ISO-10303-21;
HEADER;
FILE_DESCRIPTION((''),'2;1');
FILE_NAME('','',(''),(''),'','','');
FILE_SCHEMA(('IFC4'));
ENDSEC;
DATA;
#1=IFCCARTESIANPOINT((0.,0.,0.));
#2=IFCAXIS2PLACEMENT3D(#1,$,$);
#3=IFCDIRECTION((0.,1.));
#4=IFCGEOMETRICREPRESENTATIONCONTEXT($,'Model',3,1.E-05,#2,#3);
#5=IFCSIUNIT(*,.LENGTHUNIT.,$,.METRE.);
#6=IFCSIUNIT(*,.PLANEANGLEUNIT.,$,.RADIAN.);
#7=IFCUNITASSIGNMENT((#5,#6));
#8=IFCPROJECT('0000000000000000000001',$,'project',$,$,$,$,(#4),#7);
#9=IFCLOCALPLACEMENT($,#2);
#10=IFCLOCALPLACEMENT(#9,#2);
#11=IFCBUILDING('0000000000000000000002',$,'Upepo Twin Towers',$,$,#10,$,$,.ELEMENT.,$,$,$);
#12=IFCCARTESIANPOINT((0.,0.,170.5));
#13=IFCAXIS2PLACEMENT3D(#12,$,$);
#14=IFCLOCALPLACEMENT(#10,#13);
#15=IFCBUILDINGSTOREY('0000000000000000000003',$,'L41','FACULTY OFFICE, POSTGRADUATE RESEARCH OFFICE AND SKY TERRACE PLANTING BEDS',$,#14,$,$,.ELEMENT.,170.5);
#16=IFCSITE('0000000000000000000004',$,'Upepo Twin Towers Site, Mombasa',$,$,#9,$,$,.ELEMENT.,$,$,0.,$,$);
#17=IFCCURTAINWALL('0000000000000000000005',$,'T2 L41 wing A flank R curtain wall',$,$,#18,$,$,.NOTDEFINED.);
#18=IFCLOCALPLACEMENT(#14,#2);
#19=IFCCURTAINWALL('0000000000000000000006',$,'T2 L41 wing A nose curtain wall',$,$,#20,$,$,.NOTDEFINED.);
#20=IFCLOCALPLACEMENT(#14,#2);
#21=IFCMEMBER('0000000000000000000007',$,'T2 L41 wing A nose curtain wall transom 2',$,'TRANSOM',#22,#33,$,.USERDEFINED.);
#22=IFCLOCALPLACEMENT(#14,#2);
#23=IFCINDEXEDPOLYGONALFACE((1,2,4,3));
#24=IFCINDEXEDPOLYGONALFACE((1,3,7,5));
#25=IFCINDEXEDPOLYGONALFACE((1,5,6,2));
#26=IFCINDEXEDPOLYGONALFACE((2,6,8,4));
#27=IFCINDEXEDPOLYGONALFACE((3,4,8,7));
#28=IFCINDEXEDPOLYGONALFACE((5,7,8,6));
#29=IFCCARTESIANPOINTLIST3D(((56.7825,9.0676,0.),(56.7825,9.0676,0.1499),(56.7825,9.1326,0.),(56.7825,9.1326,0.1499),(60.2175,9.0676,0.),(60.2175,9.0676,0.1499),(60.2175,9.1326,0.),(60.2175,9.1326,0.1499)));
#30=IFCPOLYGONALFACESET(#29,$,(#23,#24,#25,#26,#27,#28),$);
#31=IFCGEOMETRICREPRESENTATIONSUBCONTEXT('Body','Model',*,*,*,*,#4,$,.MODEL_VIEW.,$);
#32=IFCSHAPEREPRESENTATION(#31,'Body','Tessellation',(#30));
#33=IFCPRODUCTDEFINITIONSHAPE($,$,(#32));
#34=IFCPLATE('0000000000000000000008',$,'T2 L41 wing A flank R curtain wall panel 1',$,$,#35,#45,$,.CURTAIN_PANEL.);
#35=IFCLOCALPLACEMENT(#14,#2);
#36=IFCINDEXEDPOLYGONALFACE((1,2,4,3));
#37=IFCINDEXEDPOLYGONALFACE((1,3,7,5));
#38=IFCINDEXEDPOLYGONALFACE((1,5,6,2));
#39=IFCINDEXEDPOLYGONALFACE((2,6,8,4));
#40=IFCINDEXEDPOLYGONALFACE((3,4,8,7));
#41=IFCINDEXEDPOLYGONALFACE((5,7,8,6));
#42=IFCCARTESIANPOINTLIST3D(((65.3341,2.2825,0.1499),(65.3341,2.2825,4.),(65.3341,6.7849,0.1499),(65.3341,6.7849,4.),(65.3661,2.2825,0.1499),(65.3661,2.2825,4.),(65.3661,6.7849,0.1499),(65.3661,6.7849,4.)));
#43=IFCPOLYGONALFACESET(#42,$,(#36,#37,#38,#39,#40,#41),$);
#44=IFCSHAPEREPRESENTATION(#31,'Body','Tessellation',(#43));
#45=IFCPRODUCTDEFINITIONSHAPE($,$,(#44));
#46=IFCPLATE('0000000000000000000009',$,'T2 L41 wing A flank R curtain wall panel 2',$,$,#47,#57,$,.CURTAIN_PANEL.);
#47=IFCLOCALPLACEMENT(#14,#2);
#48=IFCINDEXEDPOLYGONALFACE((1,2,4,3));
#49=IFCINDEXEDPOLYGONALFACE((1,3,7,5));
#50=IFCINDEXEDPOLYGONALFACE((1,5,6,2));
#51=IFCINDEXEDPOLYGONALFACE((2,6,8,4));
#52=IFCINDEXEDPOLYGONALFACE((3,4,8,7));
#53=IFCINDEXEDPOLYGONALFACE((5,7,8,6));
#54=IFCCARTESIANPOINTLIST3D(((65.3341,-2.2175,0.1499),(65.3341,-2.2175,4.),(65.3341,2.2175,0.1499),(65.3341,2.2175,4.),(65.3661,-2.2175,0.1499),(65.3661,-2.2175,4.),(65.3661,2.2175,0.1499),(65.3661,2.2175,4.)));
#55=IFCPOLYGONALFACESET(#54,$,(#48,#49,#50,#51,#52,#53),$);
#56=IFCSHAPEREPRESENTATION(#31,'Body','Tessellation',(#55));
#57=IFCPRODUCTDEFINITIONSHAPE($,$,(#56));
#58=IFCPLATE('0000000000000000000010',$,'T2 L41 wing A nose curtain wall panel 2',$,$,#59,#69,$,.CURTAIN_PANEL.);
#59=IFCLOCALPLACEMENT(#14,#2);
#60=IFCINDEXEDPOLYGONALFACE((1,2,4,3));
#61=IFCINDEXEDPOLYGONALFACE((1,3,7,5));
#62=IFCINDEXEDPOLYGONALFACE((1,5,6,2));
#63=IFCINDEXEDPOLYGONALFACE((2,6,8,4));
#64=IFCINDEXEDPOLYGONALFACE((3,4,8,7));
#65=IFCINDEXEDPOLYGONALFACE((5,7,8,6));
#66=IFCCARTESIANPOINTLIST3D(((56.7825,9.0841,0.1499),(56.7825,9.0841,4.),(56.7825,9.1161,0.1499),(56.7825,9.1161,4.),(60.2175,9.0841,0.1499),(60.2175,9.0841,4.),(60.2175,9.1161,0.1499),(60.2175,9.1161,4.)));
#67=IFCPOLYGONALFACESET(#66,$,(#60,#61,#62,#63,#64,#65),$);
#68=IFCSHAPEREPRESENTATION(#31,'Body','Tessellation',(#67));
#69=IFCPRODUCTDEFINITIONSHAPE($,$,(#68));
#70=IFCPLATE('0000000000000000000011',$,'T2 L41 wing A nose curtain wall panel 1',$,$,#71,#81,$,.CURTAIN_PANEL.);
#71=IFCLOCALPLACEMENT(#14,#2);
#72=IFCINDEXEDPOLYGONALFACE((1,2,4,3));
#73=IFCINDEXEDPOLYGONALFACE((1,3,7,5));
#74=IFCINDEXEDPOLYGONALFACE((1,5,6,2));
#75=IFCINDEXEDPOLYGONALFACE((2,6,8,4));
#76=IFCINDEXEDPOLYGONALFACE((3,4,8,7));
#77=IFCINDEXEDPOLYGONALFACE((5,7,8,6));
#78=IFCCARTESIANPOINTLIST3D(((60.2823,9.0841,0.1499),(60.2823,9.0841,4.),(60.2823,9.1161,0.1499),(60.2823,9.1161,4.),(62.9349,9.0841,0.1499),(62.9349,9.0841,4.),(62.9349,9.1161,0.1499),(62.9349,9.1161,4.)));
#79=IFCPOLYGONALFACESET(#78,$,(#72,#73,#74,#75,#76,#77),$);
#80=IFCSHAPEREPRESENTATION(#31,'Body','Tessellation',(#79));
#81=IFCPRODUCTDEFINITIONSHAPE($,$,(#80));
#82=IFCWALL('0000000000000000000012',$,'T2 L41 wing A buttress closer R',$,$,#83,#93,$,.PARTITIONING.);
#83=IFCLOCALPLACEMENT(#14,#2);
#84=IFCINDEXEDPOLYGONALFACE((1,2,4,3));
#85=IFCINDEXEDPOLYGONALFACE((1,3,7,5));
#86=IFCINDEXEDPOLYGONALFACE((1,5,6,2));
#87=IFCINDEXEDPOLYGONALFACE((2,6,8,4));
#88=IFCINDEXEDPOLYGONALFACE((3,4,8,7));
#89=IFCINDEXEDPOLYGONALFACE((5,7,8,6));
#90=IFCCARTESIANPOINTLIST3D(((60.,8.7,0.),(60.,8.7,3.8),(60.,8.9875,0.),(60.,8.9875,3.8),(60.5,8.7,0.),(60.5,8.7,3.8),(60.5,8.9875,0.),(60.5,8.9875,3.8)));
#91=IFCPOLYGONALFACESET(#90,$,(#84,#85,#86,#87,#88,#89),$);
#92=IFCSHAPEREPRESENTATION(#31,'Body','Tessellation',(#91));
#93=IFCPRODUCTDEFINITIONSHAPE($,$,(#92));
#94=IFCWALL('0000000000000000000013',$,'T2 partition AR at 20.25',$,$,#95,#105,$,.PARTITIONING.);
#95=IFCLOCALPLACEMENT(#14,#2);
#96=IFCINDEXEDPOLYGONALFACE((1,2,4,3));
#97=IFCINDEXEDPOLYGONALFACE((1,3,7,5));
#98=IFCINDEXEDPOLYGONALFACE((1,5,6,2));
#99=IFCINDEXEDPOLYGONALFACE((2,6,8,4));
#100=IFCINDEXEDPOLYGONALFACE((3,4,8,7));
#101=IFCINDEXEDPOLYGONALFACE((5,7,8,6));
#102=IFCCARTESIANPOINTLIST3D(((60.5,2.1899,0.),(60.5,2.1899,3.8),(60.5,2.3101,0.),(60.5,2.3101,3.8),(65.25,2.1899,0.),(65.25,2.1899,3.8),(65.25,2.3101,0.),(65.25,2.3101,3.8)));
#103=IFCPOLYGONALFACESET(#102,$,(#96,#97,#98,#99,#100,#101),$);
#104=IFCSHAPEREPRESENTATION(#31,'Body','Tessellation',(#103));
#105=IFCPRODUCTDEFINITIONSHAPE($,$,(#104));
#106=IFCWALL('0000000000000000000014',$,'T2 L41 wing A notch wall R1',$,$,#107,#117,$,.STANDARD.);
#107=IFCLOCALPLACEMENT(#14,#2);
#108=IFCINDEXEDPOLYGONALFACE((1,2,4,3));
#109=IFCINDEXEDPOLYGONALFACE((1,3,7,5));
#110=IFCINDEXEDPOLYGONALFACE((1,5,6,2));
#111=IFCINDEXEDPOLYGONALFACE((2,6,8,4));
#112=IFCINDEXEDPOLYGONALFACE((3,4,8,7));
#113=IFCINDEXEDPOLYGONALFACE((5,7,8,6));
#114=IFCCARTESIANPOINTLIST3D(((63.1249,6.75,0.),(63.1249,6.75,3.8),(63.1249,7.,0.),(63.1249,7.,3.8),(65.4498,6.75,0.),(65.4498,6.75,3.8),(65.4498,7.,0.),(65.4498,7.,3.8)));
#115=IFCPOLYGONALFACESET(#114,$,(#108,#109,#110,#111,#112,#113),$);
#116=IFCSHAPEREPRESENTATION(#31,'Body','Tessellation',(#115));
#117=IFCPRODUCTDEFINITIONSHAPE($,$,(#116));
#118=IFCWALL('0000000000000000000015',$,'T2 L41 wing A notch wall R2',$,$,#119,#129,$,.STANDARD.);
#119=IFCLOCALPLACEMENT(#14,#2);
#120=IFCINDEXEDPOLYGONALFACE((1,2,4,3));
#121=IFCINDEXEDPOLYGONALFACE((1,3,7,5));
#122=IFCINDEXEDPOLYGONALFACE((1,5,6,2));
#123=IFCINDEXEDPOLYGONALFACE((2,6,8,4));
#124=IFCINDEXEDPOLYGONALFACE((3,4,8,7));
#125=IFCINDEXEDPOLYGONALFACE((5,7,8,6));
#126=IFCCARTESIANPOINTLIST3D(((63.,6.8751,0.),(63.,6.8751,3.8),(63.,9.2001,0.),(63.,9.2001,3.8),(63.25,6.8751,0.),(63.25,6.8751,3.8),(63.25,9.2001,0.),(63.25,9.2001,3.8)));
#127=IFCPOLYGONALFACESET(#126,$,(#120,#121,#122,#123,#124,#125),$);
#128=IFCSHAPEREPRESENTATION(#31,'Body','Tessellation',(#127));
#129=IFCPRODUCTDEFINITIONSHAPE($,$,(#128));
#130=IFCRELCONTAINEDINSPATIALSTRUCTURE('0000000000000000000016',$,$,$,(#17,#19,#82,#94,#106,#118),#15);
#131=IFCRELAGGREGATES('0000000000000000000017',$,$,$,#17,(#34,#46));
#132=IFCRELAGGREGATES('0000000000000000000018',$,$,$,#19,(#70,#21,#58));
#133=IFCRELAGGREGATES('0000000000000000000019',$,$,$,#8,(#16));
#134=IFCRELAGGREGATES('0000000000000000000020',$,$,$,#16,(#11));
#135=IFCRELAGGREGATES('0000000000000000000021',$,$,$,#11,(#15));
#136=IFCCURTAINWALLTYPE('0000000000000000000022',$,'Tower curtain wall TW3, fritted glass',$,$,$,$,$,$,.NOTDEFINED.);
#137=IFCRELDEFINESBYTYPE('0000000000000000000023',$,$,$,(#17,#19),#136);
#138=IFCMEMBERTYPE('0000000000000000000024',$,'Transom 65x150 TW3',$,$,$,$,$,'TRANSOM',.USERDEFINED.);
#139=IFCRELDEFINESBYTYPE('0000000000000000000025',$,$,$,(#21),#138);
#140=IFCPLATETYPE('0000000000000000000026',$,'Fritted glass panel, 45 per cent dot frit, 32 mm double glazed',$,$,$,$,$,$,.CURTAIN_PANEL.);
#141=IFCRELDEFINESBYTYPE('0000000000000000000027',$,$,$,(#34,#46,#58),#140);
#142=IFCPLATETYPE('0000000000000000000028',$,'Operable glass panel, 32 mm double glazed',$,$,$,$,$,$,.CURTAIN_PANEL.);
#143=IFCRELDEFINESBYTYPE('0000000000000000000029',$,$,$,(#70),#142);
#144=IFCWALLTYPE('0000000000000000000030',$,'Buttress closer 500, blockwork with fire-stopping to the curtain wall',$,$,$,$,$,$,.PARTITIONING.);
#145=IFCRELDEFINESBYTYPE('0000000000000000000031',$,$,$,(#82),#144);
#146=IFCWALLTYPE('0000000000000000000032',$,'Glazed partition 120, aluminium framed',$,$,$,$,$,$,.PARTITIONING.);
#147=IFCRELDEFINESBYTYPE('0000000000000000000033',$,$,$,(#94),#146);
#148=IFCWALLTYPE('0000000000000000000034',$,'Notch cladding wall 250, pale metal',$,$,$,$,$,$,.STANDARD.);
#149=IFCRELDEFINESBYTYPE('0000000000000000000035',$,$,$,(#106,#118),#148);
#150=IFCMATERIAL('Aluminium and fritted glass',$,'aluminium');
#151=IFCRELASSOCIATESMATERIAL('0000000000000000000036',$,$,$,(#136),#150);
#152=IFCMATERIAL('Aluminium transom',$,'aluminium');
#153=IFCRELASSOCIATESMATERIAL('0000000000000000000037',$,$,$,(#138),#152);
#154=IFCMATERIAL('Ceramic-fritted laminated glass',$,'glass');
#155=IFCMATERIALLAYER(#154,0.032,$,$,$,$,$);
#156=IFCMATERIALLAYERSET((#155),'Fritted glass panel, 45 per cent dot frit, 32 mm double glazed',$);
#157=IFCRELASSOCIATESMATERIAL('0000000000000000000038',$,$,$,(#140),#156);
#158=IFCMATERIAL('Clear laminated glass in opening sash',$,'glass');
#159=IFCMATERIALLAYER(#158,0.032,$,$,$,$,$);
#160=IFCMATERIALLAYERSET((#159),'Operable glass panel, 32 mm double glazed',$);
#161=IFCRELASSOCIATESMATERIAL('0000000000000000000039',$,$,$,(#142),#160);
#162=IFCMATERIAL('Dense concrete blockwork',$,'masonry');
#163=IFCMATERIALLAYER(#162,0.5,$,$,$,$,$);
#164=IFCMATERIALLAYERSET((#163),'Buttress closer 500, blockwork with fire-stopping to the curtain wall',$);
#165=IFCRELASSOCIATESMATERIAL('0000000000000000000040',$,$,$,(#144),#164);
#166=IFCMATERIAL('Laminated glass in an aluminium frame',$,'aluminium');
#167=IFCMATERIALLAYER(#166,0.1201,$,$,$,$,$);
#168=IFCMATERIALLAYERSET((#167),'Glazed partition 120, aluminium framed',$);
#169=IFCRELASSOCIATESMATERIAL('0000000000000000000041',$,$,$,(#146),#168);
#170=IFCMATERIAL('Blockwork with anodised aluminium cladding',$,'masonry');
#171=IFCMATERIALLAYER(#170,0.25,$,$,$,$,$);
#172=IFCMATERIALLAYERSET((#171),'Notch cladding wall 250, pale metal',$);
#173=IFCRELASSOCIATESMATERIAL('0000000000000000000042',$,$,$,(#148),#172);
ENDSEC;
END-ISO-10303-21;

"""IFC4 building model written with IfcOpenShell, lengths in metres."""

from ifc_helpers import new_model, si_unit, direction, frame, frame_2d, origin, origin_2d, place, context, subcontext, project, spatial, rectangle, extrude, material, layer, layer_set, material_profile, profile_set, type_object, element, aggregate, save


model = new_model("IFC4")

# Units and contexts
model_context = context("Model", 3, precision=1e-05, world=origin(), true_north=direction((0.0, 1.0)))
body_context = subcontext(model_context, "Body", "Model", "MODEL_VIEW")
ifc_project = project(units=[si_unit("LENGTHUNIT", "METRE"), si_unit("PLANEANGLEUNIT", "RADIAN")], contexts=[model_context])

# Site, building, storey
site_placement = place(None, origin())
site = spatial("IfcSite", under=ifc_project, at=site_placement, Name="Upepo Twin Towers Site, Mombasa", CompositionType="ELEMENT", RefElevation=0.0)
building_placement = place(site_placement, origin())
building = spatial("IfcBuilding", under=site, at=building_placement, Name="Upepo Twin Towers", CompositionType="ELEMENT")
storey_placement = place(building_placement, frame((0.0, 0.0, 170.5)))
storey = spatial("IfcBuildingStorey", under=building, at=storey_placement, Name="L41", Description="FACULTY OFFICE, POSTGRADUATE RESEARCH OFFICE AND SKY TERRACE PLANTING BEDS", CompositionType="ELEMENT", Elevation=170.5)

# Curtain walls
ifc_material_1 = material(Name="Aluminium and fritted glass", Category="aluminium")
curtain_wall_type = type_object("IfcCurtainWallType", Name="Tower curtain wall TW3, fritted glass", PredefinedType="NOTDEFINED", material=ifc_material_1)
curtain_wall_1_placement = place(storey_placement, origin())
curtain_wall_1 = element("IfcCurtainWall", 1, at=curtain_wall_1_placement, inside=storey, type_object=curtain_wall_type, Name="T2 L41 wing A flank R curtain wall", PredefinedType="NOTDEFINED")
curtain_wall_2_placement = place(storey_placement, origin())
curtain_wall_2 = element("IfcCurtainWall", 2, at=curtain_wall_2_placement, inside=storey, type_object=curtain_wall_type, Name="T2 L41 wing A nose curtain wall", PredefinedType="NOTDEFINED")

# Member
ifc_material_2 = material(Name="Aluminium transom", Category="aluminium")
ifc_material_profile_1 = material_profile(ifc_material_2, rectangle(XDim=0.0649, YDim=0.1499, at=origin_2d()), Name="TRANSOM 65x150")
ifc_profile_set_1 = profile_set([ifc_material_profile_1], Name="Aluminium transom")
member_type_1 = type_object("IfcMemberType", Name="Transom 65x150 TW3", ElementType="TRANSOM", PredefinedType="USERDEFINED", material=ifc_profile_set_1)
member_1_placement = place(storey_placement, frame((60.2175, 9.1001, 0.075), z_axis=(-1.0, 0.0, 0.0), x_axis=(0.0, -1.0, 0.0)))
member_1 = element("IfcMember", 3, at=member_1_placement, type_object=member_type_1, Name="T2 L41 wing A nose curtain wall transom 2", ObjectType="TRANSOM", PredefinedType="USERDEFINED", context=body_context, shape_type="SweptSolid", body=[
    extrude(rectangle(XDim=0.0649, YDim=0.1499, at=origin_2d()), origin(), (0.0, 0.0, 1.0), 3.4351),
])

# Plates
ifc_material_3 = material(Name="Ceramic-fritted laminated glass", Category="glass")
ifc_layer_1 = layer(ifc_material_3, 0.032)
ifc_layer_set_1 = layer_set([ifc_layer_1], Name="Fritted glass panel, 45 per cent dot frit, 32 mm double glazed")
plate_type_1 = type_object("IfcPlateType", Name="Fritted glass panel, 45 per cent dot frit, 32 mm double glazed", PredefinedType="CURTAIN_PANEL", material=ifc_layer_set_1)
plate_1_placement = place(storey_placement, frame((65.3501, 4.5337, 0.1499), z_axis=(0.0, 0.0, 1.0), x_axis=(0.0, -1.0, 0.0)))
plate_1 = element("IfcPlate", 4, at=plate_1_placement, type_object=plate_type_1, Name="T2 L41 wing A flank R curtain wall panel 1", PredefinedType="CURTAIN_PANEL", context=body_context, shape_type="SweptSolid", body=[
    extrude(rectangle(XDim=4.5024, YDim=0.032, at=origin_2d()), origin(), (0.0, 0.0, 1.0), 3.8501),
])
plate_2_placement = place(storey_placement, frame((65.3501, 0.0, 0.1499), z_axis=(0.0, 0.0, 1.0), x_axis=(0.0, -1.0, 0.0)))
plate_2 = element("IfcPlate", 5, at=plate_2_placement, type_object=plate_type_1, Name="T2 L41 wing A flank R curtain wall panel 2", PredefinedType="CURTAIN_PANEL", context=body_context, shape_type="SweptSolid", body=[
    extrude(rectangle(XDim=4.4351, YDim=0.032, at=origin_2d()), origin(), (0.0, 0.0, 1.0), 3.8501),
])
aggregate(curtain_wall_1, [plate_1, plate_2])
plate_3_placement = place(storey_placement, frame((58.5, 9.1001, 0.1499), z_axis=(0.0, 0.0, 1.0), x_axis=(-1.0, 0.0, 0.0)))
plate_3 = element("IfcPlate", 6, at=plate_3_placement, type_object=plate_type_1, Name="T2 L41 wing A nose curtain wall panel 2", PredefinedType="CURTAIN_PANEL", context=body_context, shape_type="SweptSolid", body=[
    extrude(rectangle(XDim=3.4351, YDim=0.032, at=origin_2d()), origin(), (0.0, 0.0, 1.0), 3.8501),
])
ifc_material_4 = material(Name="Clear laminated glass in opening sash", Category="glass")
ifc_layer_2 = layer(ifc_material_4, 0.032)
ifc_layer_set_2 = layer_set([ifc_layer_2], Name="Operable glass panel, 32 mm double glazed")
plate_type_2 = type_object("IfcPlateType", Name="Operable glass panel, 32 mm double glazed", PredefinedType="CURTAIN_PANEL", material=ifc_layer_set_2)
plate_4_placement = place(storey_placement, frame((61.6086, 9.1001, 0.1499), z_axis=(0.0, 0.0, 1.0), x_axis=(-1.0, 0.0, 0.0)))
plate_4 = element("IfcPlate", 7, at=plate_4_placement, type_object=plate_type_2, Name="T2 L41 wing A nose curtain wall panel 1", PredefinedType="CURTAIN_PANEL", context=body_context, shape_type="SweptSolid", body=[
    extrude(rectangle(XDim=2.6526, YDim=0.032, at=origin_2d()), origin(), (0.0, 0.0, 1.0), 3.8501),
])
aggregate(curtain_wall_2, [plate_4, member_1, plate_3])

# Walls
ifc_material_5 = material(Name="Dense concrete blockwork", Category="masonry")
ifc_layer_3 = layer(ifc_material_5, 0.5)
ifc_layer_set_3 = layer_set([ifc_layer_3], Name="Buttress closer 500, blockwork with fire-stopping to the curtain wall")
wall_type_1 = type_object("IfcWallType", Name="Buttress closer 500, blockwork with fire-stopping to the curtain wall", PredefinedType="PARTITIONING", material=ifc_layer_set_3)
wall_1_placement = place(storey_placement, frame((60.25, 8.7, 0.0), z_axis=(0.0, 0.0, 1.0), x_axis=(0.0, 1.0, 0.0)))
element("IfcWall", 8, at=wall_1_placement, inside=storey, type_object=wall_type_1, Name="T2 L41 wing A buttress closer R", PredefinedType="PARTITIONING", context=body_context, shape_type="SweptSolid", body=[
    extrude(rectangle(XDim=0.2876, YDim=0.5, at=frame_2d((0.1438, 0.0))), origin(), (0.0, 0.0, 1.0), 3.8),
])
ifc_material_6 = material(Name="Laminated glass in an aluminium frame", Category="aluminium")
ifc_layer_4 = layer(ifc_material_6, 0.1201)
ifc_layer_set_4 = layer_set([ifc_layer_4], Name="Glazed partition 120, aluminium framed")
wall_type_2 = type_object("IfcWallType", Name="Glazed partition 120, aluminium framed", PredefinedType="PARTITIONING", material=ifc_layer_set_4)
wall_2_placement = place(storey_placement, frame((60.5, 2.25, 0.0), z_axis=(0.0, 0.0, 1.0), x_axis=(1.0, 0.0, 0.0)))
element("IfcWall", 9, at=wall_2_placement, inside=storey, type_object=wall_type_2, Name="T2 partition AR at 20.25", PredefinedType="PARTITIONING", context=body_context, shape_type="SweptSolid", body=[
    extrude(rectangle(XDim=4.75, YDim=0.1201, at=frame_2d((2.375, 0.0))), origin(), (0.0, 0.0, 1.0), 3.8),
])
ifc_material_7 = material(Name="Blockwork with anodised aluminium cladding", Category="masonry")
ifc_layer_5 = layer(ifc_material_7, 0.25)
ifc_layer_set_5 = layer_set([ifc_layer_5], Name="Notch cladding wall 250, pale metal")
wall_type_3 = type_object("IfcWallType", Name="Notch cladding wall 250, pale metal", PredefinedType="STANDARD", material=ifc_layer_set_5)
for number, where, z_axis, x_axis, name in (
    (10, (65.45, 6.875, 0.0), (0.0, 0.0, 1.0), (-1.0, 0.0, 0.0), "T2 L41 wing A notch wall R1"),
    (11, (63.125, 6.875, 0.0), (0.0, 0.0, 1.0), (0.0, 1.0, 0.0), "T2 L41 wing A notch wall R2"),
):
    element("IfcWall", number, at=place(storey_placement, frame(where, z_axis=z_axis, x_axis=x_axis)), inside=storey, type_object=wall_type_3, Name=name, PredefinedType="STANDARD", context=body_context, shape_type="SweptSolid", body=[
        extrude(rectangle(XDim=2.325, YDim=0.25, at=frame_2d((1.1626, 0.0))), origin(), (0.0, 0.0, 1.0), 3.8),
    ])

save(model, "model.ifc")
